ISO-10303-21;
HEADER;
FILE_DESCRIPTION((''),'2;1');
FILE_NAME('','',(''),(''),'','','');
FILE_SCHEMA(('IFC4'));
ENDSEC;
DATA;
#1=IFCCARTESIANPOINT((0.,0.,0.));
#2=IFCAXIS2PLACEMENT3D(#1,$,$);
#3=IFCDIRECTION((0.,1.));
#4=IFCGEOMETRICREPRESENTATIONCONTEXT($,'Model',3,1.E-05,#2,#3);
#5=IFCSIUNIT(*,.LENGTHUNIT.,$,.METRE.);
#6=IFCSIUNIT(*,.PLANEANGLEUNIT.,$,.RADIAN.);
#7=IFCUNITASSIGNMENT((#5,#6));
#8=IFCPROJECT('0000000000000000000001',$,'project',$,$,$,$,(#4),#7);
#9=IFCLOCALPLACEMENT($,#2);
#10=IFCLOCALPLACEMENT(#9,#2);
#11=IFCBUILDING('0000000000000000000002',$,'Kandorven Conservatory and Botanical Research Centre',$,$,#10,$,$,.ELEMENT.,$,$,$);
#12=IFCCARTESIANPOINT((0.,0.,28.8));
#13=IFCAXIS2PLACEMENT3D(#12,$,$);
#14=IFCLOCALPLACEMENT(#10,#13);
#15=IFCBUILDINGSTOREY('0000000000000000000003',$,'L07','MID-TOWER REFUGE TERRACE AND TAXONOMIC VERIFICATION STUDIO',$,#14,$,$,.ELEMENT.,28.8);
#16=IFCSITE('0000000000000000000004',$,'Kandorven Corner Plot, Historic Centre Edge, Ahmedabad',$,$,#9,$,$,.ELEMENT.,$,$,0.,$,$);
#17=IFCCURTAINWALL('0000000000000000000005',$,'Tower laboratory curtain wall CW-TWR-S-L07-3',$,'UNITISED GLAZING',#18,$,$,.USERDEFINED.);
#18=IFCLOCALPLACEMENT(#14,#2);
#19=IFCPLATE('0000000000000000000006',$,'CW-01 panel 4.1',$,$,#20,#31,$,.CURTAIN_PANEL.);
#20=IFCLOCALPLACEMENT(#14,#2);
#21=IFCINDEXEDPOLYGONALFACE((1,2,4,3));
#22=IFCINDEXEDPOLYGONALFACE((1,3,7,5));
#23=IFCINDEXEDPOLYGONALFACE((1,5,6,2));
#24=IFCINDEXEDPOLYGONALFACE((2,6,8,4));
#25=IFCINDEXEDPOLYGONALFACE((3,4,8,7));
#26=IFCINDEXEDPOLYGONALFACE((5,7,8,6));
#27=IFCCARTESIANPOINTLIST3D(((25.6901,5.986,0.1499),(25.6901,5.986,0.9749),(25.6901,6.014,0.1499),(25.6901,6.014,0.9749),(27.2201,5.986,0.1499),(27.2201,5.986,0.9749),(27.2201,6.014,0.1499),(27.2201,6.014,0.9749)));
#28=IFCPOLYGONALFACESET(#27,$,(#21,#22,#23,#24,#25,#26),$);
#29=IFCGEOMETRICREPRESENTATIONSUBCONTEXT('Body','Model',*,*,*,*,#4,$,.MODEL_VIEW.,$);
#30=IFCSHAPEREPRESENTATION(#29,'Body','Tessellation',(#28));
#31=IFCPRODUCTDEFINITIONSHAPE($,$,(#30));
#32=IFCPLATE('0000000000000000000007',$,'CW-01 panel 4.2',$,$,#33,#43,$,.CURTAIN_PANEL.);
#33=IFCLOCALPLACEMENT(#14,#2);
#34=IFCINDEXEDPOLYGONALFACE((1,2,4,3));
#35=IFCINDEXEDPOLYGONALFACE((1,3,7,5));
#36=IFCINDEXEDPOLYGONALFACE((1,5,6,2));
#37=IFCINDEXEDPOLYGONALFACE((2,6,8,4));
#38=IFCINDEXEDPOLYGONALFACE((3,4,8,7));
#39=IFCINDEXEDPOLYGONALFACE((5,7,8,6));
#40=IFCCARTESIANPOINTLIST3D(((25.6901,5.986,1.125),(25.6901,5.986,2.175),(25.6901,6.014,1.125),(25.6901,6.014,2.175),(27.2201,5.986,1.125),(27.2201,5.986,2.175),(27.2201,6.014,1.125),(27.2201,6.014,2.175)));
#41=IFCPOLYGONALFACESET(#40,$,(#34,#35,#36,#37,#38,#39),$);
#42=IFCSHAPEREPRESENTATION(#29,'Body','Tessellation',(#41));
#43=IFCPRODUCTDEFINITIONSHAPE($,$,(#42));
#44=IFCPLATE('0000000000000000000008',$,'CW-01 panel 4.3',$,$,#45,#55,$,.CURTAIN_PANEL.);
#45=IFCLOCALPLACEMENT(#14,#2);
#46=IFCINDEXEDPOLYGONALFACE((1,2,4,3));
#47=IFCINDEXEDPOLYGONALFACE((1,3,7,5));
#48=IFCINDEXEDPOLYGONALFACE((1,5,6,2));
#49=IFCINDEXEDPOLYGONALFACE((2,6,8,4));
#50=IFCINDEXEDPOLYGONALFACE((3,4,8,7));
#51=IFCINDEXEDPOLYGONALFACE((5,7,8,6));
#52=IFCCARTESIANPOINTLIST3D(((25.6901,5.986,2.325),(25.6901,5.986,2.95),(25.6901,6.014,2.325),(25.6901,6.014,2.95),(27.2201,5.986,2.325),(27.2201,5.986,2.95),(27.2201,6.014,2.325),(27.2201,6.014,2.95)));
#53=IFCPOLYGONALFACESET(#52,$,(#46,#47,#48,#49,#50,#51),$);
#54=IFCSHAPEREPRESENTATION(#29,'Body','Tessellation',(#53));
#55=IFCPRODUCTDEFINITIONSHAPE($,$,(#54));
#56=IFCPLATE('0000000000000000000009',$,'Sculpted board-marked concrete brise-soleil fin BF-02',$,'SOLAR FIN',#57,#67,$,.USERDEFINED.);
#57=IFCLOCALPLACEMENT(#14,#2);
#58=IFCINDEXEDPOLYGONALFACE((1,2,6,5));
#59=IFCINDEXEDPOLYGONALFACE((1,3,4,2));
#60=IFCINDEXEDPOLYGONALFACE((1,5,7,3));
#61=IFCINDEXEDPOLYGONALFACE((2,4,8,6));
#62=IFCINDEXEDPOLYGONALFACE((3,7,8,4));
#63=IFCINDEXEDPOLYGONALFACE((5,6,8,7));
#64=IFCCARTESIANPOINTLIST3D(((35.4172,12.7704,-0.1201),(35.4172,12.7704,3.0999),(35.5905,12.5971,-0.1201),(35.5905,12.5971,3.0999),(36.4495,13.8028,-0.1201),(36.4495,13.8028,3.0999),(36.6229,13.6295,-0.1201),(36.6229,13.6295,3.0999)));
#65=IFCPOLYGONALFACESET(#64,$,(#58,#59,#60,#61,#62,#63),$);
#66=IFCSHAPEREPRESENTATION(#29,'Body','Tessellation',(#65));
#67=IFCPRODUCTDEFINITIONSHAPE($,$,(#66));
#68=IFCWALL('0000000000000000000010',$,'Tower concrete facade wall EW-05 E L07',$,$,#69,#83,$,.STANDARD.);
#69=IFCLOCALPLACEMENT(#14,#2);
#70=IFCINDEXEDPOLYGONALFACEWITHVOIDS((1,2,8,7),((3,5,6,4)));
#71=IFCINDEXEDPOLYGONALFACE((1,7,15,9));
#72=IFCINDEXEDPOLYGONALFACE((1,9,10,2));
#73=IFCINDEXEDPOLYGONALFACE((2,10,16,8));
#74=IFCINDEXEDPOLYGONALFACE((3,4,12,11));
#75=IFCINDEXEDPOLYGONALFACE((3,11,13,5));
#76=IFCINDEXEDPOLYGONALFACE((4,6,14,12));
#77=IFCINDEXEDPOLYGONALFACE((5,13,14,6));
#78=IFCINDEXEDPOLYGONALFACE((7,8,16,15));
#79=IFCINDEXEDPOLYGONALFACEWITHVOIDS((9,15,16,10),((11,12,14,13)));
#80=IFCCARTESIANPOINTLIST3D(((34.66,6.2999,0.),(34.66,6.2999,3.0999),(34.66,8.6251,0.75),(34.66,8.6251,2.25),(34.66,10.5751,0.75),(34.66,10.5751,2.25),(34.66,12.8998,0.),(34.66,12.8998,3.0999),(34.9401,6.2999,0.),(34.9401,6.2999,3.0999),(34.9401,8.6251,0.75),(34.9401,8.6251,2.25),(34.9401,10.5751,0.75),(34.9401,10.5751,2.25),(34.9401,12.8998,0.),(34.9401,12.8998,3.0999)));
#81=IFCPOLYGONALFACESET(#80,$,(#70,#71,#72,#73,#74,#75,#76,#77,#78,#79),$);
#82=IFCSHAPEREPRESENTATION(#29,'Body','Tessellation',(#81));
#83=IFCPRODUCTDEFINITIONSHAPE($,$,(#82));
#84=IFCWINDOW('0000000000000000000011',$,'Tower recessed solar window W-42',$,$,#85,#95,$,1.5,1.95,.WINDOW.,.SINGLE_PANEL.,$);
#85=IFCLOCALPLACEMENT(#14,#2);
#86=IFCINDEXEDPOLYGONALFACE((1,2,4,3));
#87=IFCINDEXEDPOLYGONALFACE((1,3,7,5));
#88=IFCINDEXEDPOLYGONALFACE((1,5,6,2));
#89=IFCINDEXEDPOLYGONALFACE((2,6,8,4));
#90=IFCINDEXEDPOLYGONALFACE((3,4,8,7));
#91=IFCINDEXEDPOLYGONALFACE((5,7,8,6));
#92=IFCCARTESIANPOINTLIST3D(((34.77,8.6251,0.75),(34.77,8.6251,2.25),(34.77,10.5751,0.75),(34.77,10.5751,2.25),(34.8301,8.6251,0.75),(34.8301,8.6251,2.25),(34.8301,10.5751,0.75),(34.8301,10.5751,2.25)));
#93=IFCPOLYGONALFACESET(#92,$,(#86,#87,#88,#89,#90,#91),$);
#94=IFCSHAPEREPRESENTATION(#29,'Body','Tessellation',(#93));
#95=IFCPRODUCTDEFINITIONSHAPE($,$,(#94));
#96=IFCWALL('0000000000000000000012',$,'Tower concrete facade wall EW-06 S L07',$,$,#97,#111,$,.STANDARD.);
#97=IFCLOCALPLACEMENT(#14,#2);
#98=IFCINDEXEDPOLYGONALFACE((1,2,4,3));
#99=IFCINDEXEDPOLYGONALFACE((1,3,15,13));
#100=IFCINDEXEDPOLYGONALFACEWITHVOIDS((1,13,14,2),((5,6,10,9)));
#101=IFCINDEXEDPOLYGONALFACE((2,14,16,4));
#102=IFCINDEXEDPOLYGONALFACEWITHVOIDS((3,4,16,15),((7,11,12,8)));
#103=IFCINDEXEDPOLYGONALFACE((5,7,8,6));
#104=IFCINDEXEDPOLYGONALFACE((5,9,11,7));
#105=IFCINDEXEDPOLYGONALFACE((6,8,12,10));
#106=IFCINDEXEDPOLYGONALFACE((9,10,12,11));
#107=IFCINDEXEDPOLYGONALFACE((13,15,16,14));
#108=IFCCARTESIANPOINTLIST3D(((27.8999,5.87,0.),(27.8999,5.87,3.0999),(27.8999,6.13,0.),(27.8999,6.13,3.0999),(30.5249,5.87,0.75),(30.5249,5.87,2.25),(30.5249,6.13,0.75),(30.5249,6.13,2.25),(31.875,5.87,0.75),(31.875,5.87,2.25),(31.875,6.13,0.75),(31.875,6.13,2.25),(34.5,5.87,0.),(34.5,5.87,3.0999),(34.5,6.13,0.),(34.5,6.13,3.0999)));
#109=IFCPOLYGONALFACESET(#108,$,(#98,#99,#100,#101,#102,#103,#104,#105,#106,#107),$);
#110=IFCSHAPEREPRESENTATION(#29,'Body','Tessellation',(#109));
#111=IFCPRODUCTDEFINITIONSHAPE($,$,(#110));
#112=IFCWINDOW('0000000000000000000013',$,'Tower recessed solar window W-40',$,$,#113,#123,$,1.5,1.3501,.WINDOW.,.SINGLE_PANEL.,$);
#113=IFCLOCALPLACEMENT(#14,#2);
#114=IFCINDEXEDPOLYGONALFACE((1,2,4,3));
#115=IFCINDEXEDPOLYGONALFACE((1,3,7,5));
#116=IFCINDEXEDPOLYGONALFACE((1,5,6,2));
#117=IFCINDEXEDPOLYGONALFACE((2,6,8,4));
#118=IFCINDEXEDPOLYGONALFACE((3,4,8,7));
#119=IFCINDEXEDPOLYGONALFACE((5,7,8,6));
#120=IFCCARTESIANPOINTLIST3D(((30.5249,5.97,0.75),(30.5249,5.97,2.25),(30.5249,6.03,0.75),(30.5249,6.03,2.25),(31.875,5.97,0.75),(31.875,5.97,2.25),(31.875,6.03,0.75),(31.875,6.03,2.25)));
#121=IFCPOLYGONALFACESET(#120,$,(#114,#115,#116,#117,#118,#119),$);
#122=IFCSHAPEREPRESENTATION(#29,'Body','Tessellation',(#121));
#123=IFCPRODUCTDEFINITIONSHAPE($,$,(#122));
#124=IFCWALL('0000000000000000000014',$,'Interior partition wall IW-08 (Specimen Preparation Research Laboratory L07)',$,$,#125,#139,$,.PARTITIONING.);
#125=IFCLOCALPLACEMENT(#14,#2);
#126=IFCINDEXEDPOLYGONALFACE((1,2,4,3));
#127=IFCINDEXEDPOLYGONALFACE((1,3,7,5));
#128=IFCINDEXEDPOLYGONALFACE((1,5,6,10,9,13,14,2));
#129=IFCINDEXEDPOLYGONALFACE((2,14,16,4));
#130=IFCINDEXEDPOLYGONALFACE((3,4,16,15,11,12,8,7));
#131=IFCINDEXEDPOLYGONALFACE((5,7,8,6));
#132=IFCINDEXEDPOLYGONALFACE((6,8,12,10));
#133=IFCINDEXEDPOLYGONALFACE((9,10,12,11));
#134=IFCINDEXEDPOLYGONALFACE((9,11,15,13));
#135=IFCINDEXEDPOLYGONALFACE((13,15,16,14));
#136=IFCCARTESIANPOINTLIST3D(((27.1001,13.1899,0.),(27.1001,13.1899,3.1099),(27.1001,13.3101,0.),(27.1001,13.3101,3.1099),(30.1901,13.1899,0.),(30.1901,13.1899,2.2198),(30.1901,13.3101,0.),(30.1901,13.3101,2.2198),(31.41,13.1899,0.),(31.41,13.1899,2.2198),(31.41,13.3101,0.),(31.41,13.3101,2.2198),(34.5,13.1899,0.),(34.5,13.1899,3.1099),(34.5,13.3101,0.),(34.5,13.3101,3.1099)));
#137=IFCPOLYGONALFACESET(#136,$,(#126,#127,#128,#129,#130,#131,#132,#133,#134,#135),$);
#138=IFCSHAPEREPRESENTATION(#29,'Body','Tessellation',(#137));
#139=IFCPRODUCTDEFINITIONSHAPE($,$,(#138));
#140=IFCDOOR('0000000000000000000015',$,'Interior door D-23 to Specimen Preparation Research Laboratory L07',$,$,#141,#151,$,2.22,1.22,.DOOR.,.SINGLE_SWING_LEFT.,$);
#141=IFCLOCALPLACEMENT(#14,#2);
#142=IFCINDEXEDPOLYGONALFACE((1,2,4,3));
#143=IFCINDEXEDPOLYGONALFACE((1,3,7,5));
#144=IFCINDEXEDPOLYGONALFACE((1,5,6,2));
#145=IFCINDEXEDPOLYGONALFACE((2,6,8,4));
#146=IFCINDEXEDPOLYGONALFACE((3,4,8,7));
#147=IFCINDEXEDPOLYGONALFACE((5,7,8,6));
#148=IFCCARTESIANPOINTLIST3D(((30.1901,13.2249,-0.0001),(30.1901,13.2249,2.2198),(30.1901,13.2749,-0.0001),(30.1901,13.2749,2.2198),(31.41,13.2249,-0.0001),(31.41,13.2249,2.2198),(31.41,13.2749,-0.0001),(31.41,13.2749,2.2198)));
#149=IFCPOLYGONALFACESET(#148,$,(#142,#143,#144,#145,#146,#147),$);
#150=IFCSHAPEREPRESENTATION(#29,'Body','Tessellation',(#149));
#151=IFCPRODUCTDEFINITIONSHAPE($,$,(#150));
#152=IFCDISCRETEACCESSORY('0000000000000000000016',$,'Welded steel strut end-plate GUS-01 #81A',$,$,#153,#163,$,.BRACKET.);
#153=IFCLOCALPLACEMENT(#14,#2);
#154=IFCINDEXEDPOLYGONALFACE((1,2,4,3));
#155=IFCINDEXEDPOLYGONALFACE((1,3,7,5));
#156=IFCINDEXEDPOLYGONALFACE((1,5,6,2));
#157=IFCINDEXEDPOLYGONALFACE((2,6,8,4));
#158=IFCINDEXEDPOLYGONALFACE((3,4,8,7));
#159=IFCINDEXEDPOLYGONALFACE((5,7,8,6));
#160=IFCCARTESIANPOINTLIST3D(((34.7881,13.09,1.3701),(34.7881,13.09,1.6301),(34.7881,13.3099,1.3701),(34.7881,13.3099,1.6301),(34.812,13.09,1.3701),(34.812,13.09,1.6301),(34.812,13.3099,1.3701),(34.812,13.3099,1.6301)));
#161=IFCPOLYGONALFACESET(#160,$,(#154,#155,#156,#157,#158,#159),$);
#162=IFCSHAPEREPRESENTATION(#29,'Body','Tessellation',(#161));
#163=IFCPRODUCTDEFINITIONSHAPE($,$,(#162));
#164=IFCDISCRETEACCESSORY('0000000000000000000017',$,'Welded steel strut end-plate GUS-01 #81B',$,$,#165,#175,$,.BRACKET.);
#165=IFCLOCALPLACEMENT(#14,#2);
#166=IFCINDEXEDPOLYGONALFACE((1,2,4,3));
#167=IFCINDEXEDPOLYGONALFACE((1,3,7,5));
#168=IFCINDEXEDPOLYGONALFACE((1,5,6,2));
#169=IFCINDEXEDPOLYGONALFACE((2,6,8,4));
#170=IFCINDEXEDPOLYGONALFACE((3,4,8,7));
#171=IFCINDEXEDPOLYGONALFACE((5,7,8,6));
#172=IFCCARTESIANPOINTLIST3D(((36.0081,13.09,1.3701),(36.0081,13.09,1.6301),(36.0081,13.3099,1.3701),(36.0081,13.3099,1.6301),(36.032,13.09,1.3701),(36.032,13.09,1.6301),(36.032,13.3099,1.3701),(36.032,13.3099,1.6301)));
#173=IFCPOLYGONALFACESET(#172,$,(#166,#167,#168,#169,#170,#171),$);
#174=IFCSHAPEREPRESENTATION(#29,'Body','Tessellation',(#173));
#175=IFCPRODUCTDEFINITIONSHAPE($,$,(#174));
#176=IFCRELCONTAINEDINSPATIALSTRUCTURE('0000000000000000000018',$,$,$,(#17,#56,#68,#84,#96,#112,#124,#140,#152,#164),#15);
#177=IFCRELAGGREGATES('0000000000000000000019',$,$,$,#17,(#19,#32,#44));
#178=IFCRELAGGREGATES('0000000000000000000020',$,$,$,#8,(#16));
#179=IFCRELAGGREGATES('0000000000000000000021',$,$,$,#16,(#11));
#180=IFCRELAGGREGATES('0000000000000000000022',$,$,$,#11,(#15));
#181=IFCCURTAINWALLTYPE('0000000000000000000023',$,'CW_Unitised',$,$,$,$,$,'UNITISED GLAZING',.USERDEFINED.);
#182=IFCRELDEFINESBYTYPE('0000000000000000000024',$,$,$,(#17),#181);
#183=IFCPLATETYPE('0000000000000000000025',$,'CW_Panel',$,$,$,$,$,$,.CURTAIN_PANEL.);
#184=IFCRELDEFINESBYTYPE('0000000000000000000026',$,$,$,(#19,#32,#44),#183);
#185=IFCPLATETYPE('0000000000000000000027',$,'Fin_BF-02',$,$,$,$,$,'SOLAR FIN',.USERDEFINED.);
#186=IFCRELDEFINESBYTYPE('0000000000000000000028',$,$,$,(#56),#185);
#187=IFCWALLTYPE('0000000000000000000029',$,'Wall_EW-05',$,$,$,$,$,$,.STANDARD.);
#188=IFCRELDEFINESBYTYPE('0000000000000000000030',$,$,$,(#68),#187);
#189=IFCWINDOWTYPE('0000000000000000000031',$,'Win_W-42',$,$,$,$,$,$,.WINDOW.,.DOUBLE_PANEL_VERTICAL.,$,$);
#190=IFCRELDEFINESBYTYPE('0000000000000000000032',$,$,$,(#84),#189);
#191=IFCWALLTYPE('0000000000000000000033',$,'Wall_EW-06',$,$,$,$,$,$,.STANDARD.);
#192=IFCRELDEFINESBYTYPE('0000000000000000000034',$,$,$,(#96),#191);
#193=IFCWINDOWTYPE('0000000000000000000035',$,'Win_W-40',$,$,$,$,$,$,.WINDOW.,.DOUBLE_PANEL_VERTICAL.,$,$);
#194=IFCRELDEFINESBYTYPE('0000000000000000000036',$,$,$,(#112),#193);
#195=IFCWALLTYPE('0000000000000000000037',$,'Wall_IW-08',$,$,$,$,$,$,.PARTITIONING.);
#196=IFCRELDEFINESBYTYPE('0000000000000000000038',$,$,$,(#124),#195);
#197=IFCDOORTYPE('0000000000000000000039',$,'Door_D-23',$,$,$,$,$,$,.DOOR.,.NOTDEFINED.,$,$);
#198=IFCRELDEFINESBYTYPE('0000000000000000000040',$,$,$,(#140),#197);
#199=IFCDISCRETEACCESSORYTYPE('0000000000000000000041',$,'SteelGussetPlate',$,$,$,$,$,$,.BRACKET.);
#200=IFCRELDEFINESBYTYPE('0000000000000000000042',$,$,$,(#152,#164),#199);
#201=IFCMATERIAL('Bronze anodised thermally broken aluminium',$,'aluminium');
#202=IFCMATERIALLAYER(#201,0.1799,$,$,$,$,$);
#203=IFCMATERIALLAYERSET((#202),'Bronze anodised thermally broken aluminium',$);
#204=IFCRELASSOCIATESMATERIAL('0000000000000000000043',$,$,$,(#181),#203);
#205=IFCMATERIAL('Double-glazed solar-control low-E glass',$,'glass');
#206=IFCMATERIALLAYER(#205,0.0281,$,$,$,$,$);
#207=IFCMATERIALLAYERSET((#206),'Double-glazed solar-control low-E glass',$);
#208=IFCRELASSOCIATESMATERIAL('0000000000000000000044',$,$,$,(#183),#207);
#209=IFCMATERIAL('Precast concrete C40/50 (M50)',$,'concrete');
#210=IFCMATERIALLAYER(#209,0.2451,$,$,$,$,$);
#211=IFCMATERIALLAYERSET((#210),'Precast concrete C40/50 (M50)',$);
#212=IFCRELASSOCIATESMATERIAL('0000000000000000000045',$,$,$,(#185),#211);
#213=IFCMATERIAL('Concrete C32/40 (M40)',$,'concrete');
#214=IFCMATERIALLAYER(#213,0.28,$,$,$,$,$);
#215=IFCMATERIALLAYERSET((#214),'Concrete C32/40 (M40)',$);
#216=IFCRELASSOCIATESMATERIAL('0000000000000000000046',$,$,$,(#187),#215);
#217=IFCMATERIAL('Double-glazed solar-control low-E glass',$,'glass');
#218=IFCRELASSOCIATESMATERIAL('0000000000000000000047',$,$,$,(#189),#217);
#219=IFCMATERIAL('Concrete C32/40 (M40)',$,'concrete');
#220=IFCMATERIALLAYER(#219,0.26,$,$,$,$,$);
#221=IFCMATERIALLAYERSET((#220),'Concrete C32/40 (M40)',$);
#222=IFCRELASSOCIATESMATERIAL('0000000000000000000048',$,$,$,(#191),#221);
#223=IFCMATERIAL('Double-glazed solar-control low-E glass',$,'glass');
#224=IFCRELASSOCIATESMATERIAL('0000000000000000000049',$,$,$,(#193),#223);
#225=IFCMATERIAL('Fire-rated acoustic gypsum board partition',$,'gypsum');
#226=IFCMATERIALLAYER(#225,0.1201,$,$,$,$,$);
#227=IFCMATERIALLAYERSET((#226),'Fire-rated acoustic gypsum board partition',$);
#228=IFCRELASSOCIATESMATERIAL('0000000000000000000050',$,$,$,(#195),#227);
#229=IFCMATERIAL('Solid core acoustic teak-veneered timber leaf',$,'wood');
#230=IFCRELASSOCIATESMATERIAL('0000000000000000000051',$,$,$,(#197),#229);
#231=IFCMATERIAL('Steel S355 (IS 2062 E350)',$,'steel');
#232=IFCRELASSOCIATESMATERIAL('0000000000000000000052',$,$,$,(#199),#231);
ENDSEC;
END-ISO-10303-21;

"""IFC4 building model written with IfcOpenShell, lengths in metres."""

from ifc_helpers import new_model, si_unit, direction, frame, frame_2d, origin, origin_2d, place, context, subcontext, project, spatial, rectangle, extrude, material, layer, layer_set, type_object, element, fill, aggregate, save


model = new_model("IFC4")

# Units and contexts
model_context = context("Model", 3, precision=1e-05, world=origin(), true_north=direction((0.0, 1.0)))
body_context = subcontext(model_context, "Body", "Model", "MODEL_VIEW")
ifc_project = project(units=[si_unit("LENGTHUNIT", "METRE"), si_unit("PLANEANGLEUNIT", "RADIAN")], contexts=[model_context])

# Site, building, storey
site_placement = place(None, origin())
site = spatial("IfcSite", under=ifc_project, at=site_placement, Name="Kandorven Corner Plot, Historic Centre Edge, Ahmedabad", CompositionType="ELEMENT", RefElevation=0.0)
building_placement = place(site_placement, origin())
building = spatial("IfcBuilding", under=site, at=building_placement, Name="Kandorven Conservatory and Botanical Research Centre", CompositionType="ELEMENT")
storey_placement = place(building_placement, frame((0.0, 0.0, 28.8)))
storey = spatial("IfcBuildingStorey", under=building, at=storey_placement, Name="L07", Description="MID-TOWER REFUGE TERRACE AND TAXONOMIC VERIFICATION STUDIO", CompositionType="ELEMENT", Elevation=28.8)

# Curtain wall
ifc_material_1 = material(Name="Bronze anodised thermally broken aluminium", Category="aluminium")
ifc_layer_1 = layer(ifc_material_1, 0.1799)
ifc_layer_set_1 = layer_set([ifc_layer_1], Name="Bronze anodised thermally broken aluminium")
curtain_wall_type = type_object("IfcCurtainWallType", Name="CW_Unitised", ElementType="UNITISED GLAZING", PredefinedType="USERDEFINED", material=ifc_layer_set_1)
curtain_wall_placement = place(storey_placement, origin())
curtain_wall = element("IfcCurtainWall", 1, at=curtain_wall_placement, inside=storey, type_object=curtain_wall_type, Name="Tower laboratory curtain wall CW-TWR-S-L07-3", ObjectType="UNITISED GLAZING", PredefinedType="USERDEFINED")

# Plates
ifc_material_2 = material(Name="Double-glazed solar-control low-E glass", Category="glass")
ifc_layer_2 = layer(ifc_material_2, 0.0281)
ifc_layer_set_2 = layer_set([ifc_layer_2], Name="Double-glazed solar-control low-E glass")
plate_type_1 = type_object("IfcPlateType", Name="CW_Panel", PredefinedType="CURTAIN_PANEL", material=ifc_layer_set_2)
plate_1_placement = place(storey_placement, frame((26.4551, 6.0, 0.1499), z_axis=(0.0, 0.0, 1.0), x_axis=(1.0, 0.0, 0.0)))
plate_1 = element("IfcPlate", 2, at=plate_1_placement, type_object=plate_type_1, Name="CW-01 panel 4.1", PredefinedType="CURTAIN_PANEL", context=body_context, shape_type="SweptSolid", body=[
    extrude(rectangle(XDim=1.53, YDim=0.0281, at=origin_2d()), origin(), (0.0, 0.0, 1.0), 0.825),
])
plate_2_placement = place(storey_placement, frame((26.4551, 6.0, 1.125), z_axis=(0.0, 0.0, 1.0), x_axis=(1.0, 0.0, 0.0)))
plate_2 = element("IfcPlate", 3, at=plate_2_placement, type_object=plate_type_1, Name="CW-01 panel 4.2", PredefinedType="CURTAIN_PANEL", context=body_context, shape_type="SweptSolid", body=[
    extrude(rectangle(XDim=1.53, YDim=0.0281, at=origin_2d()), origin(), (0.0, 0.0, 1.0), 1.05),
])
plate_3_placement = place(storey_placement, frame((26.4551, 6.0, 2.325), z_axis=(0.0, 0.0, 1.0), x_axis=(1.0, 0.0, 0.0)))
plate_3 = element("IfcPlate", 4, at=plate_3_placement, type_object=plate_type_1, Name="CW-01 panel 4.3", PredefinedType="CURTAIN_PANEL", context=body_context, shape_type="SweptSolid", body=[
    extrude(rectangle(XDim=1.53, YDim=0.0281, at=origin_2d()), origin(), (0.0, 0.0, 1.0), 0.625),
])
aggregate(curtain_wall, [plate_1, plate_2, plate_3])
ifc_material_3 = material(Name="Precast concrete C40/50 (M50)", Category="concrete")
ifc_layer_3 = layer(ifc_material_3, 0.2451)
ifc_layer_set_3 = layer_set([ifc_layer_3], Name="Precast concrete C40/50 (M50)")
plate_type_2 = type_object("IfcPlateType", Name="Fin_BF-02", ElementType="SOLAR FIN", PredefinedType="USERDEFINED", material=ifc_layer_set_3)
plate_4_placement = place(storey_placement, frame((36.02, 13.2, -0.1201), z_axis=(0.0, 0.0, 1.0), x_axis=(0.707107, 0.707107, 0.0)))
element("IfcPlate", 5, at=plate_4_placement, inside=storey, type_object=plate_type_2, Name="Sculpted board-marked concrete brise-soleil fin BF-02", ObjectType="SOLAR FIN", PredefinedType="USERDEFINED", context=body_context, shape_type="SweptSolid", body=[
    extrude(rectangle(XDim=1.46, YDim=0.2451, at=origin_2d()), origin(), (0.0, 0.0, 1.0), 3.22),
])

# Walls, openings, windows
ifc_material_4 = material(Name="Concrete C32/40 (M40)", Category="concrete")
ifc_layer_4 = layer(ifc_material_4, 0.28)
ifc_layer_set_4 = layer_set([ifc_layer_4], Name="Concrete C32/40 (M40)")
wall_type_1 = type_object("IfcWallType", Name="Wall_EW-05", PredefinedType="STANDARD", material=ifc_layer_set_4)
wall_1_placement = place(storey_placement, frame((34.8, 6.3, 0.0), z_axis=(0.0, 0.0, 1.0), x_axis=(0.0, 1.0, 0.0)))
wall_1 = element("IfcWall", 6, at=wall_1_placement, inside=storey, type_object=wall_type_1, Name="Tower concrete facade wall EW-05 E L07", PredefinedType="STANDARD", context=body_context, shape_type="SweptSolid", body=[
    extrude(rectangle(XDim=6.5999, YDim=0.28, at=frame_2d((3.2998, 0.0))), origin(), (0.0, 0.0, 1.0), 3.0999),
])
opening_1_placement = place(wall_1_placement, frame((2.325, 0.0, 0.75)))
opening_1 = element("IfcOpeningElement", 7, at=opening_1_placement, cuts=wall_1, PredefinedType="OPENING", context=body_context, shape_type="SweptSolid", body=[
    extrude(rectangle(XDim=1.95, YDim=1.5, at=frame_2d((0.9751, 0.75))), frame((0.0, 0.1499, 0.0), z_axis=(0.0, -1.0, 0.0), x_axis=(1.0, 0.0, 0.0)), (0.0, 0.0, 1.0), 0.3),
])
ifc_material_5 = material(Name="Double-glazed solar-control low-E glass", Category="glass")
window_type_1 = type_object("IfcWindowType", Name="Win_W-42", PartitioningType="DOUBLE_PANEL_VERTICAL", PredefinedType="WINDOW", material=ifc_material_5)
window_1_placement = place(opening_1_placement, origin())
window_1 = element("IfcWindow", 8, at=window_1_placement, inside=storey, type_object=window_type_1, Name="Tower recessed solar window W-42", OverallHeight=1.5, OverallWidth=1.95, PartitioningType="SINGLE_PANEL", PredefinedType="WINDOW", context=body_context, shape_type="SweptSolid", body=[
    extrude(rectangle(XDim=1.95, YDim=1.5, at=frame_2d((0.9751, 0.75))), frame((0.0, 0.03, 0.0), z_axis=(0.0, -1.0, 0.0), x_axis=(1.0, 0.0, 0.0)), (0.0, 0.0, 1.0), 0.0601),
])
fill(opening_1, window_1)
ifc_material_6 = material(Name="Concrete C32/40 (M40)", Category="concrete")
ifc_layer_5 = layer(ifc_material_6, 0.26)
ifc_layer_set_5 = layer_set([ifc_layer_5], Name="Concrete C32/40 (M40)")
wall_type_2 = type_object("IfcWallType", Name="Wall_EW-06", PredefinedType="STANDARD", material=ifc_layer_set_5)
wall_2_placement = place(storey_placement, frame((27.8999, 6.0, 0.0), z_axis=(0.0, 0.0, 1.0), x_axis=(1.0, 0.0, 0.0)))
wall_2 = element("IfcWall", 9, at=wall_2_placement, inside=storey, type_object=wall_type_2, Name="Tower concrete facade wall EW-06 S L07", PredefinedType="STANDARD", context=body_context, shape_type="SweptSolid", body=[
    extrude(rectangle(XDim=6.6001, YDim=0.26, at=frame_2d((3.3, 0.0))), origin(), (0.0, 0.0, 1.0), 3.0999),
])
opening_2_placement = place(wall_2_placement, frame((2.625, 0.0, 0.75)))
opening_2 = element("IfcOpeningElement", 10, at=opening_2_placement, cuts=wall_2, PredefinedType="OPENING", context=body_context, shape_type="SweptSolid", body=[
    extrude(rectangle(XDim=1.3501, YDim=1.5, at=frame_2d((0.675, 0.75))), frame((0.0, 0.1399, 0.0), z_axis=(0.0, -1.0, 0.0), x_axis=(1.0, 0.0, 0.0)), (0.0, 0.0, 1.0), 0.28),
])
ifc_material_7 = material(Name="Double-glazed solar-control low-E glass", Category="glass")
window_type_2 = type_object("IfcWindowType", Name="Win_W-40", PartitioningType="DOUBLE_PANEL_VERTICAL", PredefinedType="WINDOW", material=ifc_material_7)
window_2_placement = place(opening_2_placement, origin())
window_2 = element("IfcWindow", 11, at=window_2_placement, inside=storey, type_object=window_type_2, Name="Tower recessed solar window W-40", OverallHeight=1.5, OverallWidth=1.3501, PartitioningType="SINGLE_PANEL", PredefinedType="WINDOW", context=body_context, shape_type="SweptSolid", body=[
    extrude(rectangle(XDim=1.3501, YDim=1.5, at=frame_2d((0.675, 0.75))), frame((0.0, 0.03, 0.0), z_axis=(0.0, -1.0, 0.0), x_axis=(1.0, 0.0, 0.0)), (0.0, 0.0, 1.0), 0.0601),
])
fill(opening_2, window_2)

# Wall, opening, door
ifc_material_8 = material(Name="Fire-rated acoustic gypsum board partition", Category="gypsum")
ifc_layer_6 = layer(ifc_material_8, 0.1201)
ifc_layer_set_6 = layer_set([ifc_layer_6], Name="Fire-rated acoustic gypsum board partition")
wall_type_3 = type_object("IfcWallType", Name="Wall_IW-08", PredefinedType="PARTITIONING", material=ifc_layer_set_6)
wall_3_placement = place(storey_placement, frame((27.1001, 13.25, 0.0), z_axis=(0.0, 0.0, 1.0), x_axis=(1.0, 0.0, 0.0)))
wall_3 = element("IfcWall", 12, at=wall_3_placement, inside=storey, type_object=wall_type_3, Name="Interior partition wall IW-08 (Specimen Preparation Research Laboratory L07)", PredefinedType="PARTITIONING", context=body_context, shape_type="SweptSolid", body=[
    extrude(rectangle(XDim=7.3999, YDim=0.1201, at=frame_2d((3.7, 0.0))), origin(), (0.0, 0.0, 1.0), 3.1099),
])
opening_3_placement = place(wall_3_placement, frame((3.0901, 0.0, 0.0)))
opening_3 = element("IfcOpeningElement", 13, at=opening_3_placement, cuts=wall_3, PredefinedType="OPENING", context=body_context, shape_type="SweptSolid", body=[
    extrude(rectangle(XDim=1.22, YDim=2.22, at=frame_2d((0.6099, 1.1099))), frame((0.0, 0.0701, 0.0), z_axis=(0.0, -1.0, 0.0), x_axis=(1.0, 0.0, 0.0)), (0.0, 0.0, 1.0), 0.1401),
])
ifc_material_9 = material(Name="Solid core acoustic teak-veneered timber leaf", Category="wood")
door_type = type_object("IfcDoorType", Name="Door_D-23", OperationType="NOTDEFINED", PredefinedType="DOOR", material=ifc_material_9)
door_placement = place(opening_3_placement, origin())
door = element("IfcDoor", 14, at=door_placement, inside=storey, type_object=door_type, Name="Interior door D-23 to Specimen Preparation Research Laboratory L07", OperationType="SINGLE_SWING_LEFT", OverallHeight=2.22, OverallWidth=1.22, PredefinedType="DOOR", context=body_context, shape_type="SweptSolid", body=[
    extrude(rectangle(XDim=1.22, YDim=2.22, at=frame_2d((0.6099, 1.1099))), frame((0.0, 0.0249, 0.0), z_axis=(0.0, -1.0, 0.0), x_axis=(1.0, 0.0, 0.0)), (0.0, 0.0, 1.0), 0.05),
])
fill(opening_3, door)

# Discrete accessories
ifc_material_10 = material(Name="Steel S355 (IS 2062 E350)", Category="steel")
discrete_accessory_type = type_object("IfcDiscreteAccessoryType", Name="SteelGussetPlate", PredefinedType="BRACKET", material=ifc_material_10)
for number, where, z_axis, x_axis, name in (
    (15, (34.8, 13.2, 1.3701), (0.0, 0.0, 1.0), (1.0, 0.0, 0.0), "Welded steel strut end-plate GUS-01 #81A"),
    (16, (36.02, 13.2, 1.3701), (0.0, 0.0, 1.0), (1.0, 0.0, 0.0), "Welded steel strut end-plate GUS-01 #81B"),
):
    element("IfcDiscreteAccessory", number, at=place(storey_placement, frame(where, z_axis=z_axis, x_axis=x_axis)), inside=storey, type_object=discrete_accessory_type, Name=name, PredefinedType="BRACKET", context=body_context, shape_type="SweptSolid", body=[
        extrude(rectangle(XDim=0.0239, YDim=0.22, at=origin_2d()), origin(), (0.0, 0.0, 1.0), 0.26),
    ])

save(model, "model.ifc")
